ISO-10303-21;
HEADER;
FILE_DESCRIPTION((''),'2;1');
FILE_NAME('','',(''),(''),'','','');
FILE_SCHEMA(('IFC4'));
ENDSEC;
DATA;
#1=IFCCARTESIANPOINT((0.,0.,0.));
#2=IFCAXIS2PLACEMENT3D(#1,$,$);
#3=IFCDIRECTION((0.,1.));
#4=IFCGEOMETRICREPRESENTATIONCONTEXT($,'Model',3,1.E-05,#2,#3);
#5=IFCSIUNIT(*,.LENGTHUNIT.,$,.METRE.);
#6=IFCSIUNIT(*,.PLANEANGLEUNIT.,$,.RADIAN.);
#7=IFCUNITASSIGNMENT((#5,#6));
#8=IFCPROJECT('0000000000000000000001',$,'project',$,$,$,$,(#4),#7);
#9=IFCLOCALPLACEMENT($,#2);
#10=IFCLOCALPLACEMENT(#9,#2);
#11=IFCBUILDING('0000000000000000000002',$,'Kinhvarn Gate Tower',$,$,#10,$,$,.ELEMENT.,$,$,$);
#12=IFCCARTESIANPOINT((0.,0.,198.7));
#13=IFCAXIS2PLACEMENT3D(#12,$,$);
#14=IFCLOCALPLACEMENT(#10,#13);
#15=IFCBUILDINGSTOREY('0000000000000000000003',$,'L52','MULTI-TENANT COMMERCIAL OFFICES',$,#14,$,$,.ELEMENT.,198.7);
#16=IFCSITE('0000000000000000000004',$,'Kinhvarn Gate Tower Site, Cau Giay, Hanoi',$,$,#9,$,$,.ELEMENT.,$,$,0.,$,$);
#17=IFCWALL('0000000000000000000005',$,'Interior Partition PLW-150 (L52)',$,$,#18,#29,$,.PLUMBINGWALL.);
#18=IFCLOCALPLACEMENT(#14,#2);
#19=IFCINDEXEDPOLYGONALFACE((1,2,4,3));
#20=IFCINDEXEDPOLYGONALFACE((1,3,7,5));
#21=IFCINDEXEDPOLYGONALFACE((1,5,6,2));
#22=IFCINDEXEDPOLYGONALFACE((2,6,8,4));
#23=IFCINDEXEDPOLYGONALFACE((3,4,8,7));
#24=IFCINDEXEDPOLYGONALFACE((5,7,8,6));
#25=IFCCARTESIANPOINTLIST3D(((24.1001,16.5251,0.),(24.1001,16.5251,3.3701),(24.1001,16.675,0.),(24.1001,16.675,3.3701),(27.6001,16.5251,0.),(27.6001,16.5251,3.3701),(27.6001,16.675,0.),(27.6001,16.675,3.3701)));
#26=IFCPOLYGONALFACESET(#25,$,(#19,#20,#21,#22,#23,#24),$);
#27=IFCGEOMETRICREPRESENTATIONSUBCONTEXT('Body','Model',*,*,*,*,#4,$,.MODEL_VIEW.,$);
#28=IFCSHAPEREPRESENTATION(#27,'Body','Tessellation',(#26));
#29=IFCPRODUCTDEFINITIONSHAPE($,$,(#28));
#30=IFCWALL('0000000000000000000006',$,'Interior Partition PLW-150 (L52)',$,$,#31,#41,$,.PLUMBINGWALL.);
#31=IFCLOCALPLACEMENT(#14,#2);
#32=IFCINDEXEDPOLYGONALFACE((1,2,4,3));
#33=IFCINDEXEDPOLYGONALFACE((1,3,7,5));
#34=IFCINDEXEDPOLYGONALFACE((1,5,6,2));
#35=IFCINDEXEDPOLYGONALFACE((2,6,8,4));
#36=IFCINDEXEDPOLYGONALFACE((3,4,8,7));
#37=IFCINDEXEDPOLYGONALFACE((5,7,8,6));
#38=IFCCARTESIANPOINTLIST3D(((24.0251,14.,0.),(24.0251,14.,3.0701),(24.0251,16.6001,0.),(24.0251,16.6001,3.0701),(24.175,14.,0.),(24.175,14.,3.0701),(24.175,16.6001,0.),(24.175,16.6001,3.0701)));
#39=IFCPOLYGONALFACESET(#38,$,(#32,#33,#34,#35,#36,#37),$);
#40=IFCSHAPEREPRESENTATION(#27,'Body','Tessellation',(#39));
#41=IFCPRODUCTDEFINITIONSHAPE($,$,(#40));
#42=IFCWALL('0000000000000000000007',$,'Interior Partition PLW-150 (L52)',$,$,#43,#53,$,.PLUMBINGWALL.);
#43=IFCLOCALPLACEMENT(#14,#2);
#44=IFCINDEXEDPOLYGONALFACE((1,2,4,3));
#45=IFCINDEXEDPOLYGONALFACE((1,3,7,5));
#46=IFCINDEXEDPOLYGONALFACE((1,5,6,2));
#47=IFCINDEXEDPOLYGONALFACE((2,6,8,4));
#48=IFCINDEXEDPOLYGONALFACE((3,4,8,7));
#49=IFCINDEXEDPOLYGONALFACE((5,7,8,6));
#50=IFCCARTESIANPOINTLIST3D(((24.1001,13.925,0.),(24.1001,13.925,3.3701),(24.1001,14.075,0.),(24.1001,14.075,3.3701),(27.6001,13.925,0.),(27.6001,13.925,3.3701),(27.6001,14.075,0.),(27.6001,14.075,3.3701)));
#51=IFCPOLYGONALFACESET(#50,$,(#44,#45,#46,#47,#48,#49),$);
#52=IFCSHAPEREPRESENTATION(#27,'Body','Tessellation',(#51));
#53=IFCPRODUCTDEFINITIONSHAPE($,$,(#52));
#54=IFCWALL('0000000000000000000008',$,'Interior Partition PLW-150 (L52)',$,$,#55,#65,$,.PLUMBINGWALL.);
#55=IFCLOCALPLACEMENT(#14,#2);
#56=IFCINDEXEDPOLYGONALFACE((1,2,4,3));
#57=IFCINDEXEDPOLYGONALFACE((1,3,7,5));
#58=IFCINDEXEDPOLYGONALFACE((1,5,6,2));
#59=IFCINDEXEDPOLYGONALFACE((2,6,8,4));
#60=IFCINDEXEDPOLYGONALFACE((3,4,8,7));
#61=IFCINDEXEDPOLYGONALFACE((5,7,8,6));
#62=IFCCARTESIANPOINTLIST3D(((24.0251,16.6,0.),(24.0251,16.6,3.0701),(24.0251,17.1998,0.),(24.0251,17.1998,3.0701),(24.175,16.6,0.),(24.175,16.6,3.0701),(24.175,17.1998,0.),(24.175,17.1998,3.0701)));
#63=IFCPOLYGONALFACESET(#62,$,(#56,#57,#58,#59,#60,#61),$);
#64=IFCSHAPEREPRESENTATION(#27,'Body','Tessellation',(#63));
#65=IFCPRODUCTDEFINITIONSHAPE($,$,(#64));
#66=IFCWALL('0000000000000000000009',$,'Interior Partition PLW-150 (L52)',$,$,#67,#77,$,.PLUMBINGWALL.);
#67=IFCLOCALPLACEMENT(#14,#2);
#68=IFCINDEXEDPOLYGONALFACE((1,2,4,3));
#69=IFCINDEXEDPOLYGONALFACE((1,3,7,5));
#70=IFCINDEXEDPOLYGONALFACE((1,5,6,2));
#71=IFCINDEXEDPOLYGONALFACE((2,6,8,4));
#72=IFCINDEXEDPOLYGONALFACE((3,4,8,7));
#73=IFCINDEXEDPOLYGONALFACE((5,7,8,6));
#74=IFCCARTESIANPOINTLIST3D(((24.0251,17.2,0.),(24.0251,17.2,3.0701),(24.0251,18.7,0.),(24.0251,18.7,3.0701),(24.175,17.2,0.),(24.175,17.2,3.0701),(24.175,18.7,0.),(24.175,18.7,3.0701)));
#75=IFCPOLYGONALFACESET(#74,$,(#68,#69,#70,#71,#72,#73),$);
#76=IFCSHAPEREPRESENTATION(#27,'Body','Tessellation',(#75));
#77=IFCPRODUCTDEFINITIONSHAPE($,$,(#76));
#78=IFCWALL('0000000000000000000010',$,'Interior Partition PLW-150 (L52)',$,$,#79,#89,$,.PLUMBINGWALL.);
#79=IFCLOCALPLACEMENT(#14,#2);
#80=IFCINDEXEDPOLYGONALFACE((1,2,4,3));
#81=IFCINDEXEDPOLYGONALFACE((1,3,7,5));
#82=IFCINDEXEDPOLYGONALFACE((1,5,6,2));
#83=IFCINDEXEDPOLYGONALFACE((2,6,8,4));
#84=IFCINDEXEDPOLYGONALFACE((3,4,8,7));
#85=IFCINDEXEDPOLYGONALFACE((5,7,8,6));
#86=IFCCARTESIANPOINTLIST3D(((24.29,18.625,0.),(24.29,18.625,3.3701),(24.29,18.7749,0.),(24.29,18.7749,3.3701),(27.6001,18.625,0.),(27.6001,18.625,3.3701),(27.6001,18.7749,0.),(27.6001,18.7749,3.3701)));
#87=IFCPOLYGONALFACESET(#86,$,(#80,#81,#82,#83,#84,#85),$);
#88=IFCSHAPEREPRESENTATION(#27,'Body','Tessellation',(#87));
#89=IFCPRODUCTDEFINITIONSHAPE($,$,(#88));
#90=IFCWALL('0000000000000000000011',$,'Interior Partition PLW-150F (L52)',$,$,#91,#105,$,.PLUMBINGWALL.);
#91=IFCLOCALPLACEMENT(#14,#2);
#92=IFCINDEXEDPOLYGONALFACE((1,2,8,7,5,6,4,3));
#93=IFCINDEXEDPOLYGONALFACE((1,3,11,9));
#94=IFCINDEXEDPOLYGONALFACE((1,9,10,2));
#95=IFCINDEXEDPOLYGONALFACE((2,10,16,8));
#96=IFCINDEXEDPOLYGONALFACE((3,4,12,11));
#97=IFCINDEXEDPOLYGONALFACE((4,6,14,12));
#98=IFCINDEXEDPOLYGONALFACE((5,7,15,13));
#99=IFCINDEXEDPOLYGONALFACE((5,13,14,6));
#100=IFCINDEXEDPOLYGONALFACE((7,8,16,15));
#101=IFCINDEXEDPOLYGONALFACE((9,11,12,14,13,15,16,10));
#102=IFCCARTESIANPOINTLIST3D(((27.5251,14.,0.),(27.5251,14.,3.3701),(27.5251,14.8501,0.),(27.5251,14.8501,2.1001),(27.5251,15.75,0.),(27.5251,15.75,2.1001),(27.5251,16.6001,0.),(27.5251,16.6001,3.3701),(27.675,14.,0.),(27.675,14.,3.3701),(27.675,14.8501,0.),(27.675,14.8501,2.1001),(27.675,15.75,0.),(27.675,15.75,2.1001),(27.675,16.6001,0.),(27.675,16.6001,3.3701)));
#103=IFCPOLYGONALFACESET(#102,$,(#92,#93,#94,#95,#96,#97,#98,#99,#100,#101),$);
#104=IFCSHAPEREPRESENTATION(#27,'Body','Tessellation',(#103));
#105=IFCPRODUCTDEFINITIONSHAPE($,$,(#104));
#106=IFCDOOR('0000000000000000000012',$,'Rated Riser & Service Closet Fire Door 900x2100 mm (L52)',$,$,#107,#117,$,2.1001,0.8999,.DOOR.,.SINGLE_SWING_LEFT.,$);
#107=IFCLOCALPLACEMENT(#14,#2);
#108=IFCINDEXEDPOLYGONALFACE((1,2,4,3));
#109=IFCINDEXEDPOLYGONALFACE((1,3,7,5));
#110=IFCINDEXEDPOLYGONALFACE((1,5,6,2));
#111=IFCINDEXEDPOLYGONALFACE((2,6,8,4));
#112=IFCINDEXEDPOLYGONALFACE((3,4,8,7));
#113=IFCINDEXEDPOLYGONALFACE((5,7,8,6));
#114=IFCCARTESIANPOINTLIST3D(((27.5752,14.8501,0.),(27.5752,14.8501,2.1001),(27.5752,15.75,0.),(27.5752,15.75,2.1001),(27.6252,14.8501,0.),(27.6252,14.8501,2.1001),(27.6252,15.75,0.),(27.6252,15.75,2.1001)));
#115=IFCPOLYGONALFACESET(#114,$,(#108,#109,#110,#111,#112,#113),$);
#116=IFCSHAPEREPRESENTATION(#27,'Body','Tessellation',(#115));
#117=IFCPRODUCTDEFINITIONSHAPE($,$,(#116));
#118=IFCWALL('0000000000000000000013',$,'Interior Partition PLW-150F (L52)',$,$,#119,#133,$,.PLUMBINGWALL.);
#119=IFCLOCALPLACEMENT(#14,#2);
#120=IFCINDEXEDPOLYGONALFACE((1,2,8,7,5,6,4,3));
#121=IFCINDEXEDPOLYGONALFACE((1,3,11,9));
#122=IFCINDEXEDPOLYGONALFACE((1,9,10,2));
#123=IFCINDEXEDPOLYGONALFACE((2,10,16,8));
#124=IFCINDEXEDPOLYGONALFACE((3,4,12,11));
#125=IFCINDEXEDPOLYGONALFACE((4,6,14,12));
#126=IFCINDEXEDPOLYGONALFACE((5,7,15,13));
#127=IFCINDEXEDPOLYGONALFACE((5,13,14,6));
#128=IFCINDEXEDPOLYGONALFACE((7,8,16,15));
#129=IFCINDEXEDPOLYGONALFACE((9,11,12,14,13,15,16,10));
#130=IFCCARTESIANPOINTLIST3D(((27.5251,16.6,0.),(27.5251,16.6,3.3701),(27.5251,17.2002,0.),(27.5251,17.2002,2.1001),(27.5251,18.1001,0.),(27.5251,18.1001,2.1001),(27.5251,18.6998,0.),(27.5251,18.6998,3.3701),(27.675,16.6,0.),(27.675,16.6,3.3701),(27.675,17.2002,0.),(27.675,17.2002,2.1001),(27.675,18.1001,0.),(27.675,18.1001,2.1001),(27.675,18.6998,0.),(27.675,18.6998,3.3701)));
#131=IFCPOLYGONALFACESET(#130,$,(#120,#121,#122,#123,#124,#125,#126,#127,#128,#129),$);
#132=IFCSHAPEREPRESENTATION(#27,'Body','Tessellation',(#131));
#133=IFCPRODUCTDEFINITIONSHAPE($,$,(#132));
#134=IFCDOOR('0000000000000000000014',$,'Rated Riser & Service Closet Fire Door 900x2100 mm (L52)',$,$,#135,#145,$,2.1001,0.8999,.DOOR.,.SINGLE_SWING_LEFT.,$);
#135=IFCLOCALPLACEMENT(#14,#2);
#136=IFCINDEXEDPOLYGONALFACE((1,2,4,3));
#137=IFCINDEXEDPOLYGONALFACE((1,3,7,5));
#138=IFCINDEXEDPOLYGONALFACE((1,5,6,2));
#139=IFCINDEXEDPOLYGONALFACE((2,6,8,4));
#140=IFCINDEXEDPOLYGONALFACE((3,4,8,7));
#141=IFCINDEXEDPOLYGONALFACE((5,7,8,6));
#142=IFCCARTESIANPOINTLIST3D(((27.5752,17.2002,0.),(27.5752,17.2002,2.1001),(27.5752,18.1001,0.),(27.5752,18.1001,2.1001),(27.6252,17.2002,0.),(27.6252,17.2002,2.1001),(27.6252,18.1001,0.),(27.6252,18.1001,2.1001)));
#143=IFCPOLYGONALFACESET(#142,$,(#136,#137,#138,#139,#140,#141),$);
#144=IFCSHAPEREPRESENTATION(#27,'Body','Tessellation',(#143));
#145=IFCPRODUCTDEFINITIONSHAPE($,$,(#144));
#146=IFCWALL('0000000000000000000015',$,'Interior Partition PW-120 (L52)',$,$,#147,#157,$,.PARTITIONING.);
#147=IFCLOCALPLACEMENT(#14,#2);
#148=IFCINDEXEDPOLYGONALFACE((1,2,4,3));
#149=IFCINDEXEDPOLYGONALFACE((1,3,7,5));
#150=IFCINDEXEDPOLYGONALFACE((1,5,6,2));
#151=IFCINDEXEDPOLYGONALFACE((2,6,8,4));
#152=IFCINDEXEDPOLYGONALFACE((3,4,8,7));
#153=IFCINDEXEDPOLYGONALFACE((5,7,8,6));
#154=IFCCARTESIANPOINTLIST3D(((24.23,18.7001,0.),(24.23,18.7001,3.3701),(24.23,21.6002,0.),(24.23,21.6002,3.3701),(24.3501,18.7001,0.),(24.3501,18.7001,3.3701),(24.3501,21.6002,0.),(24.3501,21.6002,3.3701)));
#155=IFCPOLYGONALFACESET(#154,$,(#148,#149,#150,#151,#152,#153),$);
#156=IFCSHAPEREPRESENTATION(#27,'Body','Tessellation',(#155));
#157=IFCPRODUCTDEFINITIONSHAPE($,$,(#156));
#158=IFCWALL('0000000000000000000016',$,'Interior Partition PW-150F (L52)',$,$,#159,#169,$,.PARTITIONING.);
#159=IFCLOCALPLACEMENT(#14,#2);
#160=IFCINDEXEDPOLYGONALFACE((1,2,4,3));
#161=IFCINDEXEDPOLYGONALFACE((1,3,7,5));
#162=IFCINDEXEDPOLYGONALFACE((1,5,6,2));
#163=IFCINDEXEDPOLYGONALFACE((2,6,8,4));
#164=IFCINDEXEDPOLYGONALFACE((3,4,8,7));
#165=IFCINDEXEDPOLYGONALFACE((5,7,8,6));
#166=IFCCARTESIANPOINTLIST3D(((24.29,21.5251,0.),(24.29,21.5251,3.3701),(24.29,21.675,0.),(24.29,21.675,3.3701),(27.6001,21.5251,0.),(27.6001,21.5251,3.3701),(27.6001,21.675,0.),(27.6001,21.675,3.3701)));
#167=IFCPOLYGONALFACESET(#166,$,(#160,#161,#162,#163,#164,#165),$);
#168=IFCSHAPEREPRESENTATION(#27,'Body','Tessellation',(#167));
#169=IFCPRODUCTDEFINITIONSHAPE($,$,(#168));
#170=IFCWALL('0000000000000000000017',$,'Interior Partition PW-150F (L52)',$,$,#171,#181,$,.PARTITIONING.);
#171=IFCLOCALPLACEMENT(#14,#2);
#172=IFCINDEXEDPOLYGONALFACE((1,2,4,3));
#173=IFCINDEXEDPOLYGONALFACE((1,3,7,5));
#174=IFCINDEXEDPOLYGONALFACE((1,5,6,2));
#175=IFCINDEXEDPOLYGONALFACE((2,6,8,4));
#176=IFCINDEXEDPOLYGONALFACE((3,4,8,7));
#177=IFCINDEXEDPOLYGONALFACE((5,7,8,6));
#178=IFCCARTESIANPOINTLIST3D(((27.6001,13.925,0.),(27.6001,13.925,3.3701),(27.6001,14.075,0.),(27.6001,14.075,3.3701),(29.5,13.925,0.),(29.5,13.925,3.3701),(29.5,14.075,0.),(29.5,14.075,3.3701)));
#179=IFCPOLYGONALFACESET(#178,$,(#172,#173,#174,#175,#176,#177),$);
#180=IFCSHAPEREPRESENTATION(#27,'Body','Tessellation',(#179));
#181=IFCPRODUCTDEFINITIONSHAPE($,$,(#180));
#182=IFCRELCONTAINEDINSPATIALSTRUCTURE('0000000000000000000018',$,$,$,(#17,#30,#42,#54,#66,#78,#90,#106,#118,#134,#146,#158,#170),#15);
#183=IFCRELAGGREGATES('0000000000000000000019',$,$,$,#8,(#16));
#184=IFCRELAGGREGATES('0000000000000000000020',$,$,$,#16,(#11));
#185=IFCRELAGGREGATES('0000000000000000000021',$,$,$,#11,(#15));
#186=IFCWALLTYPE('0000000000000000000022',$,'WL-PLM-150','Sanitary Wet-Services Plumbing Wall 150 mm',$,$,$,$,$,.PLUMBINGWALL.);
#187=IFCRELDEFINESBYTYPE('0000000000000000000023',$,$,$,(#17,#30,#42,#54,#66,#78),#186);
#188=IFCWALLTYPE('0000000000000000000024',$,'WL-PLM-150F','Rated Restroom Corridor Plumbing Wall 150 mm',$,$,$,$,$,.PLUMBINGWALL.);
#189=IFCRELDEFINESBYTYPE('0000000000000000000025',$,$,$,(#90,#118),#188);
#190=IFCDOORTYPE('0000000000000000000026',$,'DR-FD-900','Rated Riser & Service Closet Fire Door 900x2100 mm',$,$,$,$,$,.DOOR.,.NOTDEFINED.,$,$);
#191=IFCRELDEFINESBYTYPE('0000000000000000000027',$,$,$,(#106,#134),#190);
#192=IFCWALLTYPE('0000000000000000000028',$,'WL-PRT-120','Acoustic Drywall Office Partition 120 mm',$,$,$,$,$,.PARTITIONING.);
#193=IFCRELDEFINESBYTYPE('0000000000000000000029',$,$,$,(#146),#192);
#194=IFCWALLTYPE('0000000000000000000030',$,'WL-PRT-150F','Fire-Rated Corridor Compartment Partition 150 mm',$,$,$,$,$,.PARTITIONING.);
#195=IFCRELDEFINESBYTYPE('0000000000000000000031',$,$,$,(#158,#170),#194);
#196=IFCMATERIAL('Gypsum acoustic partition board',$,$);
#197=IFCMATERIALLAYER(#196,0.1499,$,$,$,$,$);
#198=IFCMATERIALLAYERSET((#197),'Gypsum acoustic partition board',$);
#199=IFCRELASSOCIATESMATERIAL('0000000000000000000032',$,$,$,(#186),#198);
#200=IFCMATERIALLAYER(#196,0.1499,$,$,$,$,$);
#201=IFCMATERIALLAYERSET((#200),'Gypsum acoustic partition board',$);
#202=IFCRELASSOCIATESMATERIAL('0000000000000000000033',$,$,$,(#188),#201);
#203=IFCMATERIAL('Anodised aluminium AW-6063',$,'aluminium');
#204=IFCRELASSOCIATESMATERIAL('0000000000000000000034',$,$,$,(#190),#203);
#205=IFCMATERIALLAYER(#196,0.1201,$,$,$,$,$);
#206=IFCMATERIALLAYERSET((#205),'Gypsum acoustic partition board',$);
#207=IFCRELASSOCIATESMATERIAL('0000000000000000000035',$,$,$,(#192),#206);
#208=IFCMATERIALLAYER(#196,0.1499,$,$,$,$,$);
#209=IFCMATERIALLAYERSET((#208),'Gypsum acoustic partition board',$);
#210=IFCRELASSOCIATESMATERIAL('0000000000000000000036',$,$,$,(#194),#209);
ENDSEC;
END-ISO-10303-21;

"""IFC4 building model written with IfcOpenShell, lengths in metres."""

from ifc_helpers import new_model, si_unit, direction, frame, frame_2d, origin, place, context, subcontext, project, spatial, rectangle, extrude, material, layer, layer_set, type_object, element, fill, save


model = new_model("IFC4")

# Units and contexts
model_context = context("Model", 3, precision=1e-05, world=origin(), true_north=direction((0.0, 1.0)))
body_context = subcontext(model_context, "Body", "Model", "MODEL_VIEW")
ifc_project = project(units=[si_unit("LENGTHUNIT", "METRE"), si_unit("PLANEANGLEUNIT", "RADIAN")], contexts=[model_context])

# Site, building, storey
site_placement = place(None, origin())
site = spatial("IfcSite", under=ifc_project, at=site_placement, Name="Kinhvarn Gate Tower Site, Cau Giay, Hanoi", CompositionType="ELEMENT", RefElevation=0.0)
building_placement = place(site_placement, origin())
building = spatial("IfcBuilding", under=site, at=building_placement, Name="Kinhvarn Gate Tower", CompositionType="ELEMENT")
storey_placement = place(building_placement, frame((0.0, 0.0, 198.7)))
storey = spatial("IfcBuildingStorey", under=building, at=storey_placement, Name="L52", Description="MULTI-TENANT COMMERCIAL OFFICES", CompositionType="ELEMENT", Elevation=198.7)

# Walls
ifc_material_1 = material(Name="Gypsum acoustic partition board")
ifc_layer_1 = layer(ifc_material_1, 0.1499)
ifc_layer_set_1 = layer_set([ifc_layer_1], Name="Gypsum acoustic partition board")
wall_type_1 = type_object("IfcWallType", Name="WL-PLM-150", Description="Sanitary Wet-Services Plumbing Wall 150 mm", PredefinedType="PLUMBINGWALL", material=ifc_layer_set_1)
wall_1_placement = place(storey_placement, frame((24.1001, 16.6001, 0.0), z_axis=(0.0, 0.0, 1.0), x_axis=(1.0, 0.0, 0.0)))
element("IfcWall", 1, at=wall_1_placement, inside=storey, type_object=wall_type_1, Name="Interior Partition PLW-150 (L52)", PredefinedType="PLUMBINGWALL", context=body_context, shape_type="SweptSolid", body=[
    extrude(rectangle(XDim=3.5, YDim=0.1499, at=frame_2d((1.75, 0.0))), origin(), (0.0, 0.0, 1.0), 3.3701),
])
wall_2_placement = place(storey_placement, frame((24.1001, 14.0, 0.0), z_axis=(0.0, 0.0, 1.0), x_axis=(0.0, 1.0, 0.0)))
element("IfcWall", 2, at=wall_2_placement, inside=storey, type_object=wall_type_1, Name="Interior Partition PLW-150 (L52)", PredefinedType="PLUMBINGWALL", context=body_context, shape_type="SweptSolid", body=[
    extrude(rectangle(XDim=2.6001, YDim=0.1499, at=frame_2d((1.3, 0.0))), origin(), (0.0, 0.0, 1.0), 3.0701),
])
wall_3_placement = place(storey_placement, frame((24.1001, 14.0, 0.0), z_axis=(0.0, 0.0, 1.0), x_axis=(1.0, 0.0, 0.0)))
element("IfcWall", 3, at=wall_3_placement, inside=storey, type_object=wall_type_1, Name="Interior Partition PLW-150 (L52)", PredefinedType="PLUMBINGWALL", context=body_context, shape_type="SweptSolid", body=[
    extrude(rectangle(XDim=3.5, YDim=0.1499, at=frame_2d((1.75, 0.0))), origin(), (0.0, 0.0, 1.0), 3.3701),
])
wall_4_placement = place(storey_placement, frame((24.1001, 16.6001, 0.0), z_axis=(0.0, 0.0, 1.0), x_axis=(0.0, 1.0, 0.0)))
element("IfcWall", 4, at=wall_4_placement, inside=storey, type_object=wall_type_1, Name="Interior Partition PLW-150 (L52)", PredefinedType="PLUMBINGWALL", context=body_context, shape_type="SweptSolid", body=[
    extrude(rectangle(XDim=0.5999, YDim=0.1499, at=frame_2d((0.2998, 0.0))), origin(), (0.0, 0.0, 1.0), 3.0701),
])
wall_5_placement = place(storey_placement, frame((24.1001, 17.2, 0.0), z_axis=(0.0, 0.0, 1.0), x_axis=(0.0, 1.0, 0.0)))
element("IfcWall", 5, at=wall_5_placement, inside=storey, type_object=wall_type_1, Name="Interior Partition PLW-150 (L52)", PredefinedType="PLUMBINGWALL", context=body_context, shape_type="SweptSolid", body=[
    extrude(rectangle(XDim=1.5, YDim=0.1499, at=frame_2d((0.75, 0.0))), origin(), (0.0, 0.0, 1.0), 3.0701),
])
wall_6_placement = place(storey_placement, frame((24.29, 18.7, 0.0), z_axis=(0.0, 0.0, 1.0), x_axis=(1.0, 0.0, 0.0)))
element("IfcWall", 6, at=wall_6_placement, inside=storey, type_object=wall_type_1, Name="Interior Partition PLW-150 (L52)", PredefinedType="PLUMBINGWALL", context=body_context, shape_type="SweptSolid", body=[
    extrude(rectangle(XDim=3.3101, YDim=0.1499, at=frame_2d((1.655, 0.0))), origin(), (0.0, 0.0, 1.0), 3.3701),
])

# Walls, openings, doors
ifc_layer_2 = layer(ifc_material_1, 0.1499)
ifc_layer_set_2 = layer_set([ifc_layer_2], Name="Gypsum acoustic partition board")
wall_type_2 = type_object("IfcWallType", Name="WL-PLM-150F", Description="Rated Restroom Corridor Plumbing Wall 150 mm", PredefinedType="PLUMBINGWALL", material=ifc_layer_set_2)
wall_7_placement = place(storey_placement, frame((27.6001, 14.0, 0.0), z_axis=(0.0, 0.0, 1.0), x_axis=(0.0, 1.0, 0.0)))
wall_7 = element("IfcWall", 7, at=wall_7_placement, inside=storey, type_object=wall_type_2, Name="Interior Partition PLW-150F (L52)", PredefinedType="PLUMBINGWALL", context=body_context, shape_type="SweptSolid", body=[
    extrude(rectangle(XDim=2.6001, YDim=0.1499, at=frame_2d((1.3, 0.0))), origin(), (0.0, 0.0, 1.0), 3.3701),
])
opening_1_placement = place(wall_7_placement, frame((0.8501, 0.0, 0.0)))
opening_1 = element("IfcOpeningElement", 8, at=opening_1_placement, cuts=wall_7, PredefinedType="OPENING", context=body_context, shape_type="SweptSolid", body=[
    extrude(rectangle(XDim=0.8999, YDim=2.1001, at=frame_2d((0.45, 1.05))), frame((0.0, 0.085, 0.0), z_axis=(0.0, -1.0, 0.0), x_axis=(1.0, 0.0, 0.0)), (0.0, 0.0, 1.0), 0.1699),
])
ifc_material_2 = material(Name="Anodised aluminium AW-6063", Category="aluminium")
door_type_1 = type_object("IfcDoorType", Name="DR-FD-900", Description="Rated Riser & Service Closet Fire Door 900x2100 mm", OperationType="NOTDEFINED", PredefinedType="DOOR", material=ifc_material_2)
door_1_placement = place(opening_1_placement, origin())
door_1 = element("IfcDoor", 9, at=door_1_placement, inside=storey, type_object=door_type_1, Name="Rated Riser & Service Closet Fire Door 900x2100 mm (L52)", OperationType="SINGLE_SWING_LEFT", OverallHeight=2.1001, OverallWidth=0.8999, PredefinedType="DOOR", context=body_context, shape_type="SweptSolid", body=[
    extrude(rectangle(XDim=0.8999, YDim=2.1001, at=frame_2d((0.45, 1.05))), frame((0.0, 0.0249, 0.0), z_axis=(0.0, -1.0, 0.0), x_axis=(1.0, 0.0, 0.0)), (0.0, 0.0, 1.0), 0.05),
])
fill(opening_1, door_1)
wall_8_placement = place(storey_placement, frame((27.6001, 16.6001, 0.0), z_axis=(0.0, 0.0, 1.0), x_axis=(0.0, 1.0, 0.0)))
wall_8 = element("IfcWall", 10, at=wall_8_placement, inside=storey, type_object=wall_type_2, Name="Interior Partition PLW-150F (L52)", PredefinedType="PLUMBINGWALL", context=body_context, shape_type="SweptSolid", body=[
    extrude(rectangle(XDim=2.0999, YDim=0.1499, at=frame_2d((1.0498, 0.0))), origin(), (0.0, 0.0, 1.0), 3.3701),
])
opening_2_placement = place(wall_8_placement, frame((0.6001, 0.0, 0.0)))
opening_2 = element("IfcOpeningElement", 11, at=opening_2_placement, cuts=wall_8, PredefinedType="OPENING", context=body_context, shape_type="SweptSolid", body=[
    extrude(rectangle(XDim=0.8999, YDim=2.1001, at=frame_2d((0.45, 1.05))), frame((0.0, 0.085, 0.0), z_axis=(0.0, -1.0, 0.0), x_axis=(1.0, 0.0, 0.0)), (0.0, 0.0, 1.0), 0.1699),
])
door_2_placement = place(opening_2_placement, origin())
door_2 = element("IfcDoor", 12, at=door_2_placement, inside=storey, type_object=door_type_1, Name="Rated Riser & Service Closet Fire Door 900x2100 mm (L52)", OperationType="SINGLE_SWING_LEFT", OverallHeight=2.1001, OverallWidth=0.8999, PredefinedType="DOOR", context=body_context, shape_type="SweptSolid", body=[
    extrude(rectangle(XDim=0.8999, YDim=2.1001, at=frame_2d((0.45, 1.05))), frame((0.0, 0.0249, 0.0), z_axis=(0.0, -1.0, 0.0), x_axis=(1.0, 0.0, 0.0)), (0.0, 0.0, 1.0), 0.05),
])
fill(opening_2, door_2)

# Walls
ifc_layer_3 = layer(ifc_material_1, 0.1201)
ifc_layer_set_3 = layer_set([ifc_layer_3], Name="Gypsum acoustic partition board")
wall_type_3 = type_object("IfcWallType", Name="WL-PRT-120", Description="Acoustic Drywall Office Partition 120 mm", PredefinedType="PARTITIONING", material=ifc_layer_set_3)
wall_9_placement = place(storey_placement, frame((24.29, 18.7, 0.0), z_axis=(0.0, 0.0, 1.0), x_axis=(0.0, 1.0, 0.0)))
element("IfcWall", 13, at=wall_9_placement, inside=storey, type_object=wall_type_3, Name="Interior Partition PW-120 (L52)", PredefinedType="PARTITIONING", context=body_context, shape_type="SweptSolid", body=[
    extrude(rectangle(XDim=2.9001, YDim=0.1201, at=frame_2d((1.4502, 0.0))), origin(), (0.0, 0.0, 1.0), 3.3701),
])
ifc_layer_4 = layer(ifc_material_1, 0.1499)
ifc_layer_set_4 = layer_set([ifc_layer_4], Name="Gypsum acoustic partition board")
wall_type_4 = type_object("IfcWallType", Name="WL-PRT-150F", Description="Fire-Rated Corridor Compartment Partition 150 mm", PredefinedType="PARTITIONING", material=ifc_layer_set_4)
wall_10_placement = place(storey_placement, frame((24.29, 21.6001, 0.0), z_axis=(0.0, 0.0, 1.0), x_axis=(1.0, 0.0, 0.0)))
element("IfcWall", 14, at=wall_10_placement, inside=storey, type_object=wall_type_4, Name="Interior Partition PW-150F (L52)", PredefinedType="PARTITIONING", context=body_context, shape_type="SweptSolid", body=[
    extrude(rectangle(XDim=3.3101, YDim=0.1499, at=frame_2d((1.655, 0.0))), origin(), (0.0, 0.0, 1.0), 3.3701),
])

# Wall
wall_11_placement = place(storey_placement, frame((27.6001, 14.0, 0.0), z_axis=(0.0, 0.0, 1.0), x_axis=(1.0, 0.0, 0.0)))
element("IfcWall", 15, at=wall_11_placement, inside=storey, type_object=wall_type_4, Name="Interior Partition PW-150F (L52)", PredefinedType="PARTITIONING", context=body_context, shape_type="SweptSolid", body=[
    extrude(rectangle(XDim=1.8999, YDim=0.1499, at=frame_2d((0.95, 0.0))), origin(), (0.0, 0.0, 1.0), 3.3701),
])

save(model, "model.ifc")
